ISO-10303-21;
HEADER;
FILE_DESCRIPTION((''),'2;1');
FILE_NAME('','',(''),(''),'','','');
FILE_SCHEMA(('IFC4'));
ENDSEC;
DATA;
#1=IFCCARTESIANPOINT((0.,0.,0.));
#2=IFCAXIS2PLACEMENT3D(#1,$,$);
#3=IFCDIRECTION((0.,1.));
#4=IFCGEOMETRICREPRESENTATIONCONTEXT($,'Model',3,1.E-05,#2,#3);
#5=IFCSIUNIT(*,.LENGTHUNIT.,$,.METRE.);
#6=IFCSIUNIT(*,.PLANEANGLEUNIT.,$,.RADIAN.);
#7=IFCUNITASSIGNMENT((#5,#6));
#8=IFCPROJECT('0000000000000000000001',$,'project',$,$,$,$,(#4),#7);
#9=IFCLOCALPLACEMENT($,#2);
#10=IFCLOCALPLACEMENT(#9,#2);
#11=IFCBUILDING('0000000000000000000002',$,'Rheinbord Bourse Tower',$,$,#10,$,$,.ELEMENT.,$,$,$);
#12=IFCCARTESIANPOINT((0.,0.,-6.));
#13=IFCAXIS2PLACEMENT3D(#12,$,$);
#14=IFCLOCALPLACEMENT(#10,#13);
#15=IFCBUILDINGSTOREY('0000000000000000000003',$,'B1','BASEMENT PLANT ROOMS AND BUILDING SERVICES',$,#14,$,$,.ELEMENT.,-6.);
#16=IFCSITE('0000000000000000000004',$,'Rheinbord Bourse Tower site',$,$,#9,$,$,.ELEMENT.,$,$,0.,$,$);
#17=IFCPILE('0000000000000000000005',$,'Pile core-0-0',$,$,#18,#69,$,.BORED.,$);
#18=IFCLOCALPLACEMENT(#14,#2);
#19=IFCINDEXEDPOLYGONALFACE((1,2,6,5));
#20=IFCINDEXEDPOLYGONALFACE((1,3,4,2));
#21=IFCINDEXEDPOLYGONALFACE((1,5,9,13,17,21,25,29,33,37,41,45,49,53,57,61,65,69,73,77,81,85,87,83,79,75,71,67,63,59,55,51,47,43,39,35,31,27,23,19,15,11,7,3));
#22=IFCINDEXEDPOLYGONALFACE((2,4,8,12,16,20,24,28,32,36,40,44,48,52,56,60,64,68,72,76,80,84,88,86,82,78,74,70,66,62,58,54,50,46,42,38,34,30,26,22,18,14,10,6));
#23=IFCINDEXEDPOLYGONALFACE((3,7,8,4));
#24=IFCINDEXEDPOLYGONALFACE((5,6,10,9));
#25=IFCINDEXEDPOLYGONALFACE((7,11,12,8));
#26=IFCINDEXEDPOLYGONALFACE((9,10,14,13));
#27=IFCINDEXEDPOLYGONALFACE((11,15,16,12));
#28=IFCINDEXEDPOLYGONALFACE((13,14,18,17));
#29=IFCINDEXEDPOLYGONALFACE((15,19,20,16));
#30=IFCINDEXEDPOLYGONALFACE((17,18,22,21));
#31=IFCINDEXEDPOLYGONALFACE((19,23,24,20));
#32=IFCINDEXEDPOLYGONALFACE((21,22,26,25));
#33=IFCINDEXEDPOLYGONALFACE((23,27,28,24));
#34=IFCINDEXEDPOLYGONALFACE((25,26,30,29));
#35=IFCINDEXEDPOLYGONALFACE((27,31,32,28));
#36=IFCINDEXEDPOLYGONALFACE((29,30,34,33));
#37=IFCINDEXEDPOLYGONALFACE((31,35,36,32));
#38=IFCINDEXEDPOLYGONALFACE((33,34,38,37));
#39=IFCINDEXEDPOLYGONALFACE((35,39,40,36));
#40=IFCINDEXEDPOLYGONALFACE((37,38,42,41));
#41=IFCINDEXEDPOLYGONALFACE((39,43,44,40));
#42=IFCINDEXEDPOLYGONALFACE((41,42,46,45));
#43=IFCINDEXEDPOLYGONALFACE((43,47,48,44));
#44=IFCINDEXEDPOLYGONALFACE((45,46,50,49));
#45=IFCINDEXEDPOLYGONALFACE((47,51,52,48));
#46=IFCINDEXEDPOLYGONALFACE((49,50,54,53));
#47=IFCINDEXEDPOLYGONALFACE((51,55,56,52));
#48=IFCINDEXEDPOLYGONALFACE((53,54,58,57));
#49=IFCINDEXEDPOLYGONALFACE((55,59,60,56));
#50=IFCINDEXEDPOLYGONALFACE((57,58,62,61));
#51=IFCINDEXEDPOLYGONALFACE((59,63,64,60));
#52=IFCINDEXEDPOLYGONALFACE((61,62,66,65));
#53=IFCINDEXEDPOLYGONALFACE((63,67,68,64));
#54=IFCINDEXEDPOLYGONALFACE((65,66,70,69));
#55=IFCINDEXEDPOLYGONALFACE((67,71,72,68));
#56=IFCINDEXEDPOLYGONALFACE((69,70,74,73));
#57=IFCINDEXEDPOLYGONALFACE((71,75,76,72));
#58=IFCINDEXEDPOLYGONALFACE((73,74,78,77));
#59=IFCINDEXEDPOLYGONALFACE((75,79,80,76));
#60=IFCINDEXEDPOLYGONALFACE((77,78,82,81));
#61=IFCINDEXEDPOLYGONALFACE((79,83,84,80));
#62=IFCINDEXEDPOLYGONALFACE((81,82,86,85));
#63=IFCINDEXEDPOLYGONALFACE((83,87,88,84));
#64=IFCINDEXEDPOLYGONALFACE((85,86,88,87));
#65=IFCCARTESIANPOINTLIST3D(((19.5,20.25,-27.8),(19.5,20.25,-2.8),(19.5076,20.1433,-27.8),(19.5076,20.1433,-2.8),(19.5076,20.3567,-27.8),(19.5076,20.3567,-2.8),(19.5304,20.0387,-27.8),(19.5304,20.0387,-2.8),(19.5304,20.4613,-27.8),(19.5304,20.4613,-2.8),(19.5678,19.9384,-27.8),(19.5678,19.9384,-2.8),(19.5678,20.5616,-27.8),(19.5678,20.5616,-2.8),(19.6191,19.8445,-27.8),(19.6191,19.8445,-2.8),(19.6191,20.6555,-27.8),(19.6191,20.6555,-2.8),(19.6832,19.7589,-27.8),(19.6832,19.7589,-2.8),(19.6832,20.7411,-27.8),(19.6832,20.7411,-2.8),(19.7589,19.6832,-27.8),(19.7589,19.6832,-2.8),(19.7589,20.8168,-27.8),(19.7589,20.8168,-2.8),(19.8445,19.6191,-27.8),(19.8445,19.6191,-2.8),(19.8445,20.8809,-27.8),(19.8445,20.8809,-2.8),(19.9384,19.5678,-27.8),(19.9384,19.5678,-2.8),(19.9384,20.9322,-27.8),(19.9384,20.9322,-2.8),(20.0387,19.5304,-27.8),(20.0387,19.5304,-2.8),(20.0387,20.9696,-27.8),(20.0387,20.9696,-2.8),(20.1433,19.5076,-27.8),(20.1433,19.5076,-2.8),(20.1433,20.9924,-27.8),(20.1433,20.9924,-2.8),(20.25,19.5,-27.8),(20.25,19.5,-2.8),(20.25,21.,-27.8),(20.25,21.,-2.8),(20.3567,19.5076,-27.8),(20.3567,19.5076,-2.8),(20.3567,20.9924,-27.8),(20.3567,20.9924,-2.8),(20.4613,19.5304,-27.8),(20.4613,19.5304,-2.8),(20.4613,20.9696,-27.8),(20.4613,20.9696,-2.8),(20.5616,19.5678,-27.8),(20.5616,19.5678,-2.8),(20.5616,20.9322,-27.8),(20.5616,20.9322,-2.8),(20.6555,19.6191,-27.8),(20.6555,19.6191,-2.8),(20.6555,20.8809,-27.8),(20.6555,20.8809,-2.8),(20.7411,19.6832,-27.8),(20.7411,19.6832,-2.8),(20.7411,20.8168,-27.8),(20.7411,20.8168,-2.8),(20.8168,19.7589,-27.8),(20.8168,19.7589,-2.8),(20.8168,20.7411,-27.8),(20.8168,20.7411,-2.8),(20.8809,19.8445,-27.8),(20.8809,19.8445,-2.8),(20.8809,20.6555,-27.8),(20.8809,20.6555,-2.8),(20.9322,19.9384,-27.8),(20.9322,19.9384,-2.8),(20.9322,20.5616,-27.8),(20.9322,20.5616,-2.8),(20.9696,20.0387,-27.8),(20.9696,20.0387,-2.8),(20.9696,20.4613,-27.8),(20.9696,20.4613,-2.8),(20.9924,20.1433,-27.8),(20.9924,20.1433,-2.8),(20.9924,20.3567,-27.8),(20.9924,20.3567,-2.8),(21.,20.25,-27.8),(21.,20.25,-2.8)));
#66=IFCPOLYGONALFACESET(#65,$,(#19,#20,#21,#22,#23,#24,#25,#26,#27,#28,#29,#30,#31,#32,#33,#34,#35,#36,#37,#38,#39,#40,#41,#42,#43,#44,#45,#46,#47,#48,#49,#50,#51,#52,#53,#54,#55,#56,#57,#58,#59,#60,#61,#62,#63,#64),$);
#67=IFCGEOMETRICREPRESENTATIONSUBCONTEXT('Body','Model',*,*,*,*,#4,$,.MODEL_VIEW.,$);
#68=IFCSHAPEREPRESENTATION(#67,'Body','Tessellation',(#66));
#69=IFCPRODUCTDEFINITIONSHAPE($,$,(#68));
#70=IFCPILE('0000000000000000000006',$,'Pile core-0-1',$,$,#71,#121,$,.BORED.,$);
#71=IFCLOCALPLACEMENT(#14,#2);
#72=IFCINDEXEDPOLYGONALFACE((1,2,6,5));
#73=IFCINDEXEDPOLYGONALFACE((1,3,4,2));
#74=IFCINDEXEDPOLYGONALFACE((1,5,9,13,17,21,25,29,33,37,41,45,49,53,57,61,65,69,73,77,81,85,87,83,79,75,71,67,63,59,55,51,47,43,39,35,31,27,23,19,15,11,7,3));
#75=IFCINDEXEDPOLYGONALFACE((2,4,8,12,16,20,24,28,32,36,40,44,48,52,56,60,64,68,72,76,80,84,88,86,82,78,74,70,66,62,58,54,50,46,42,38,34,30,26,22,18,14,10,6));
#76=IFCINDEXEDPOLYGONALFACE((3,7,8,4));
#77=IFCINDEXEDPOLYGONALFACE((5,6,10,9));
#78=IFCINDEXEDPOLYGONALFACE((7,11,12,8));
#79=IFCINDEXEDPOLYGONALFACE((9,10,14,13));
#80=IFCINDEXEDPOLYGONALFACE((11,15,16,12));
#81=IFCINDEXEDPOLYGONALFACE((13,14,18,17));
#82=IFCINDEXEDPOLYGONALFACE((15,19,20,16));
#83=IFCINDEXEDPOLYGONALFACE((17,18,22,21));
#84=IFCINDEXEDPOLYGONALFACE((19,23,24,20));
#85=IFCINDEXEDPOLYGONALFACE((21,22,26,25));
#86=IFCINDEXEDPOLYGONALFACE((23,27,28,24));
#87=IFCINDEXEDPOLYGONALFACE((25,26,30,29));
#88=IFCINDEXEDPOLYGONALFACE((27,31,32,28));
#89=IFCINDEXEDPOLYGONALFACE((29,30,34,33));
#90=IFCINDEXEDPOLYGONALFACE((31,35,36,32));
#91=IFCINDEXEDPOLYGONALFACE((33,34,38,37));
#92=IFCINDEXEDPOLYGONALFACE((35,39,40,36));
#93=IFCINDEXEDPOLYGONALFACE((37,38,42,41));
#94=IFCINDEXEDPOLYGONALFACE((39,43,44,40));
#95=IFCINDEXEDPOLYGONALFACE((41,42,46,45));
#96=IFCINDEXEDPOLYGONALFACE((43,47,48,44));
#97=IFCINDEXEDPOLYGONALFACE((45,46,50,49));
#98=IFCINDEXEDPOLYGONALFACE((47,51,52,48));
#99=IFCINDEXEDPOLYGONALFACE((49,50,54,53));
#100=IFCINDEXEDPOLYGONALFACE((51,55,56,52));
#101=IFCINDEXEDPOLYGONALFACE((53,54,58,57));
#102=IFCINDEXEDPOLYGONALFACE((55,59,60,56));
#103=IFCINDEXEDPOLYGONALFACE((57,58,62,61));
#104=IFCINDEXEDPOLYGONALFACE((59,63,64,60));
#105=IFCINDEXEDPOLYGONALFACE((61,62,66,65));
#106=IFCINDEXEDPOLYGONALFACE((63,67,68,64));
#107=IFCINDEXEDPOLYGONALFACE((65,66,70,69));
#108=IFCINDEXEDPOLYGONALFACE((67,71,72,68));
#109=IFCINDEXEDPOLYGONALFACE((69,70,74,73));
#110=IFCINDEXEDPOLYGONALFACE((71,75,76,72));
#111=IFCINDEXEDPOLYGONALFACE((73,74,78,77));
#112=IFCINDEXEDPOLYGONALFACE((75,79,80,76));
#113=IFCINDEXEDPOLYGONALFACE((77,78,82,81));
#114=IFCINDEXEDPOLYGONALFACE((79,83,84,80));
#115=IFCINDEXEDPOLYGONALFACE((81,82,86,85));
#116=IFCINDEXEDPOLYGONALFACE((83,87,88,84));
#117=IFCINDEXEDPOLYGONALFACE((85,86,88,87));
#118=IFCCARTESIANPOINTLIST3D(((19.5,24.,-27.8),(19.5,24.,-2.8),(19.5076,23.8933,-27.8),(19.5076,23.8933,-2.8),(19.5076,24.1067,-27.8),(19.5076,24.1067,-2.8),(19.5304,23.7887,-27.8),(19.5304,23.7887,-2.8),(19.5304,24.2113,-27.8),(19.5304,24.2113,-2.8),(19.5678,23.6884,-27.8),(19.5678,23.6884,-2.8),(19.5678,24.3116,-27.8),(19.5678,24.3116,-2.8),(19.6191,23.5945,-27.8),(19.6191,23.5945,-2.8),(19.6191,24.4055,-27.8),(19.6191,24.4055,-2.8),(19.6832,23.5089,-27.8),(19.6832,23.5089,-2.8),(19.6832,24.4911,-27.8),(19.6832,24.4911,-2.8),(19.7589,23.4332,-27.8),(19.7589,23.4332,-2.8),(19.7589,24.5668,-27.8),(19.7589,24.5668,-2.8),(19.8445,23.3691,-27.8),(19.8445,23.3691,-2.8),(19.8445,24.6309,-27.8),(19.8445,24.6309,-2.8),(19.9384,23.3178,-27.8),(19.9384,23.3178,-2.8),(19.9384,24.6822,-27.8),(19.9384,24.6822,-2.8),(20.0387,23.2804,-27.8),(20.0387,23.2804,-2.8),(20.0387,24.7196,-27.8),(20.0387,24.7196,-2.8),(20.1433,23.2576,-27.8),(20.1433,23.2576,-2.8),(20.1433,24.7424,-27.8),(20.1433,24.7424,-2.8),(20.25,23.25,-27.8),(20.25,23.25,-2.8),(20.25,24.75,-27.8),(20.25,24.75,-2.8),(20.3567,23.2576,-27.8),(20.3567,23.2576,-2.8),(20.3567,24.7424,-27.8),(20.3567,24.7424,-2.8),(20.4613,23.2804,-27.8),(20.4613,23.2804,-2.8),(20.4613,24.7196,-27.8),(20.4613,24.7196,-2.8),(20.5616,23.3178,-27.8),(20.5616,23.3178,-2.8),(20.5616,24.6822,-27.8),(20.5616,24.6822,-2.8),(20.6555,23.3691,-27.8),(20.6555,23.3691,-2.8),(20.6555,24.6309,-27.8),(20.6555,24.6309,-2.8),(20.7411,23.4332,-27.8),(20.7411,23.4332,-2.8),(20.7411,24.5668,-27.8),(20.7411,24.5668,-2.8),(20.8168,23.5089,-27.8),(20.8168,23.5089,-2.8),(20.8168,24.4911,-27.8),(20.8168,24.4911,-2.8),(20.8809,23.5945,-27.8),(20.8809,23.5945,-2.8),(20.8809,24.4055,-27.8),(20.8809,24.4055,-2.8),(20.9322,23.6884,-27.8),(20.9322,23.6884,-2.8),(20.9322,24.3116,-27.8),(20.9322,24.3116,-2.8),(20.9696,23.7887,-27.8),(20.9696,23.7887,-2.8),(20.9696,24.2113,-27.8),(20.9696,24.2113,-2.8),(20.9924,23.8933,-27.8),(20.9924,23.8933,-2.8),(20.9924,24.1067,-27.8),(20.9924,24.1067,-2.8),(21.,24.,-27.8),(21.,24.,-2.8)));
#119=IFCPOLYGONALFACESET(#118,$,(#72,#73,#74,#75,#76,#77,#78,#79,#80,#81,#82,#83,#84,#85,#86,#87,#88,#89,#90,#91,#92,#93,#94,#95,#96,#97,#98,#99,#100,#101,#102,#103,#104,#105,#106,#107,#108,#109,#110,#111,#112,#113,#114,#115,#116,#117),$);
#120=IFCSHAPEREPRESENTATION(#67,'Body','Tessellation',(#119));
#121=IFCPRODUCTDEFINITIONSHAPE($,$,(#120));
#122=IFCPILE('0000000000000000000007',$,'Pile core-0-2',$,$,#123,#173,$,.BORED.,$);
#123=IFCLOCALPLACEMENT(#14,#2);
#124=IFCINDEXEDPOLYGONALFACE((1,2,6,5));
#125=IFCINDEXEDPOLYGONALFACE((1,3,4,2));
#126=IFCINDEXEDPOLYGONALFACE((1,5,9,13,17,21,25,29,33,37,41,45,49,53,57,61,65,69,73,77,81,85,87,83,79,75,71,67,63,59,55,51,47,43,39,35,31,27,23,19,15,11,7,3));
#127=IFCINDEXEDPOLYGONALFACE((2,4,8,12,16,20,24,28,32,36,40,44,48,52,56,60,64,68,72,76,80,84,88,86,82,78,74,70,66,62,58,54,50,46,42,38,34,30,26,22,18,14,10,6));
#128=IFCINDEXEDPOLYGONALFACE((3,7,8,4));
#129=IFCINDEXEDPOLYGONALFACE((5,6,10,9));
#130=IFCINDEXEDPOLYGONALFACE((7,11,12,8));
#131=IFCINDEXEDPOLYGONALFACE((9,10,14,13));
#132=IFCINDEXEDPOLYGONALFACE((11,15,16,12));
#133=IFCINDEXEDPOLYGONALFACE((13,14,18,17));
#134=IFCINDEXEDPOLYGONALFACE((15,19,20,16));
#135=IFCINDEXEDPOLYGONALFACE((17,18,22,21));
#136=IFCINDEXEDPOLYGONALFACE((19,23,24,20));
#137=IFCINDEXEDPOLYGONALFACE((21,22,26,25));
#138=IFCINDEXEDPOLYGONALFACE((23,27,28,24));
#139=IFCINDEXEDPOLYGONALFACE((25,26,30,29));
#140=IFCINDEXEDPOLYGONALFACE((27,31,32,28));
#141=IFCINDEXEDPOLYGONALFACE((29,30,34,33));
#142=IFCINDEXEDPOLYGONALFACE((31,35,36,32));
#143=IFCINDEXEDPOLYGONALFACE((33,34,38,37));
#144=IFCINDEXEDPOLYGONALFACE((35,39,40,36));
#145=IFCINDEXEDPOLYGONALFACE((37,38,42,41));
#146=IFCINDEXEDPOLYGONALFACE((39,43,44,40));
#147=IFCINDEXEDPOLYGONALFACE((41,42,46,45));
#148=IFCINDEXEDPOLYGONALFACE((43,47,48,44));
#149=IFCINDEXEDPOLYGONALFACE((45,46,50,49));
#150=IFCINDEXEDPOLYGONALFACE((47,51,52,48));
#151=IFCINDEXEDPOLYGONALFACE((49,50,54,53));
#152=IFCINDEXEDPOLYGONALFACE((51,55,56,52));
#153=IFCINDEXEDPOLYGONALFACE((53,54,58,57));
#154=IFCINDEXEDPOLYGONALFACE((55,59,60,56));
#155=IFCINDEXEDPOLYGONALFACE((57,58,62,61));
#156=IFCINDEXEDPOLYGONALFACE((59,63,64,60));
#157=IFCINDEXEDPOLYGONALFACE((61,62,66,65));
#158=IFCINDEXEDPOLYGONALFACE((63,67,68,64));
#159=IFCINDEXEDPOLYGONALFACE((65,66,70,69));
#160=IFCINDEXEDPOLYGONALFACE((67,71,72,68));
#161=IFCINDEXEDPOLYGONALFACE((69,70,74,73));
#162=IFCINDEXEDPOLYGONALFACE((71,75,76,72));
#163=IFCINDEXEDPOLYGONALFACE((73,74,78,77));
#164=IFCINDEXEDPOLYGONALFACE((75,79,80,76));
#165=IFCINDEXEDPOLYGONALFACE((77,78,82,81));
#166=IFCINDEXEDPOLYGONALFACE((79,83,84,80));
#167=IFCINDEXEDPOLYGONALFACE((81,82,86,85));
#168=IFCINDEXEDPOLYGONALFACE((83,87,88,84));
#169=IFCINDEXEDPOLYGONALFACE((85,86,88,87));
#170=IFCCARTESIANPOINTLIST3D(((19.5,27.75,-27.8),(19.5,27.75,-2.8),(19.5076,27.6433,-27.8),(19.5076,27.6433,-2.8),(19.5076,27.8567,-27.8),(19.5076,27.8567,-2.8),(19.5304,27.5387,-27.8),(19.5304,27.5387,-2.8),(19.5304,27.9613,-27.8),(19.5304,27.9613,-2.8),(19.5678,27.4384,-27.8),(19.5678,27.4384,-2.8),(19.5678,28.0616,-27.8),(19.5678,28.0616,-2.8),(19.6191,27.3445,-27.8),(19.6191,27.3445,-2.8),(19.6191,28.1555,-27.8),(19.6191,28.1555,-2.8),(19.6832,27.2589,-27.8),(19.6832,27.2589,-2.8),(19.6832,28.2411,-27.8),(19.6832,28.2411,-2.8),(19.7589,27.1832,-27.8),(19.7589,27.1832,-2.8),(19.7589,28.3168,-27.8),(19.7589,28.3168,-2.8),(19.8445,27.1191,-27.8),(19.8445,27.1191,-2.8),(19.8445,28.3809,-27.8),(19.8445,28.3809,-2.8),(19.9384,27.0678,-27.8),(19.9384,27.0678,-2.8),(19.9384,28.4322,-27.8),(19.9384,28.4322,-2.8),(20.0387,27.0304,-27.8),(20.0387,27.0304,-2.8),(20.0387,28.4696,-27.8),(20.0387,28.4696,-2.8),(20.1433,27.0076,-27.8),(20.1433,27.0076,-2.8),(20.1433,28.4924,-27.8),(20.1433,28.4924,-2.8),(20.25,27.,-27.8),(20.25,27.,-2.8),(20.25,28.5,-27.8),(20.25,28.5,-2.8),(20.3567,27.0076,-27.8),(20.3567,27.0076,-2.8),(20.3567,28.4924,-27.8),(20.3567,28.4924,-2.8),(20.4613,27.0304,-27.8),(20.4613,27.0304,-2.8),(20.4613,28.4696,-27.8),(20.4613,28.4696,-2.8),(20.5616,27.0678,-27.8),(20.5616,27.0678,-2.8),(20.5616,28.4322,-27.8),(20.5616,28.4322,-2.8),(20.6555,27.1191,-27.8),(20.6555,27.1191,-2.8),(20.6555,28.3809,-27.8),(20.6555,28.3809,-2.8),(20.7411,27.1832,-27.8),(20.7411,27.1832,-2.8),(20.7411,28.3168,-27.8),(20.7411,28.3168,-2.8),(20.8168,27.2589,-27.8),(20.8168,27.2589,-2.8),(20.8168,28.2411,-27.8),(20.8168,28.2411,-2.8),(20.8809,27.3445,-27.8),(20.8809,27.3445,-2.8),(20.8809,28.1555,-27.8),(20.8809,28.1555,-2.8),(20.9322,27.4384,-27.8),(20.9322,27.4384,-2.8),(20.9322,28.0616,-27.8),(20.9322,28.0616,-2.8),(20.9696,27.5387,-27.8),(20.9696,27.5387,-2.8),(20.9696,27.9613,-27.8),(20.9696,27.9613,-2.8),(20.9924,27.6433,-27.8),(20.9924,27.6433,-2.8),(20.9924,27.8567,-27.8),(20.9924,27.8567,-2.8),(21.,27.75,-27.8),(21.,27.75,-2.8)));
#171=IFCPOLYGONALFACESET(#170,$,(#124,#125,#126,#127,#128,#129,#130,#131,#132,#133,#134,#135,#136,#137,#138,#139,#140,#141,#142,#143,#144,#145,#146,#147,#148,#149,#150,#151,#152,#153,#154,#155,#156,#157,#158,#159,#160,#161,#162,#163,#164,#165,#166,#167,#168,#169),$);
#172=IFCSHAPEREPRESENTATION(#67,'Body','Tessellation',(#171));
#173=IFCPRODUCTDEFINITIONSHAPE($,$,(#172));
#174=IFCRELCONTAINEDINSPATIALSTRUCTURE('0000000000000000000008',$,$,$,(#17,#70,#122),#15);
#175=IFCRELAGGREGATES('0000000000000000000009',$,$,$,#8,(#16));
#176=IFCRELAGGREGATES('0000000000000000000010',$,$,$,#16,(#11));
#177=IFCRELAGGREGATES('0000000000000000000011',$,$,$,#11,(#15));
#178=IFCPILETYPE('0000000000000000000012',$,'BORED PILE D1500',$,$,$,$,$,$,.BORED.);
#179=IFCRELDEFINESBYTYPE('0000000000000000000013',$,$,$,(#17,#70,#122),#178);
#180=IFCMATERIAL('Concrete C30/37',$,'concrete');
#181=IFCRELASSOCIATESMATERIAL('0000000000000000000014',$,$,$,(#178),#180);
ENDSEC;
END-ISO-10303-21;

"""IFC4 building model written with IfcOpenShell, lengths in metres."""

from ifc_helpers import new_model, si_unit, direction, frame, origin, origin_2d, place, context, subcontext, project, spatial, circle, extrude, material, material_profile, profile_set, type_object, element, save


model = new_model("IFC4")

# Units and contexts
model_context = context("Model", 3, precision=1e-05, world=origin(), true_north=direction((0.0, 1.0)))
body_context = subcontext(model_context, "Body", "Model", "MODEL_VIEW")
ifc_project = project(units=[si_unit("LENGTHUNIT", "METRE"), si_unit("PLANEANGLEUNIT", "RADIAN")], contexts=[model_context])

# Site, building, storey
site_placement = place(None, origin())
site = spatial("IfcSite", under=ifc_project, at=site_placement, Name="Rheinbord Bourse Tower site", CompositionType="ELEMENT", RefElevation=0.0)
building_placement = place(site_placement, origin())
building = spatial("IfcBuilding", under=site, at=building_placement, Name="Rheinbord Bourse Tower", CompositionType="ELEMENT")
storey_placement = place(building_placement, frame((0.0, 0.0, -6.0)))
storey = spatial("IfcBuildingStorey", under=building, at=storey_placement, Name="B1", Description="BASEMENT PLANT ROOMS AND BUILDING SERVICES", CompositionType="ELEMENT", Elevation=-6.0)

# Piles
ifc_material_1 = material(Name="Concrete C30/37", Category="concrete")
ifc_material_profile = material_profile(ifc_material_1, circle(Radius=0.75, at=origin_2d()), Name="D1500")
ifc_profile_set = profile_set([ifc_material_profile], Name="Concrete C30/37")
pile_type = type_object("IfcPileType", Name="BORED PILE D1500", PredefinedType="BORED", material=ifc_profile_set)
for number, where, z_axis, x_axis, name in (
    (1, (20.25, 20.25, -2.8), (0.0, 0.0, -1.0), (1.0, 0.0, 0.0), "Pile core-0-0"),
    (2, (20.25, 24.0, -2.8), (0.0, 0.0, -1.0), (1.0, 0.0, 0.0), "Pile core-0-1"),
    (3, (20.25, 27.75, -2.8), (0.0, 0.0, -1.0), (1.0, 0.0, 0.0), "Pile core-0-2"),
):
    element("IfcPile", number, at=place(storey_placement, frame(where, z_axis=z_axis, x_axis=x_axis)), inside=storey, type_object=pile_type, Name=name, PredefinedType="BORED", context=body_context, shape_type="SweptSolid", body=[
        extrude(circle(Radius=0.75, at=origin_2d()), origin(), (0.0, 0.0, 1.0), 25.0),
    ])

save(model, "model.ifc")
